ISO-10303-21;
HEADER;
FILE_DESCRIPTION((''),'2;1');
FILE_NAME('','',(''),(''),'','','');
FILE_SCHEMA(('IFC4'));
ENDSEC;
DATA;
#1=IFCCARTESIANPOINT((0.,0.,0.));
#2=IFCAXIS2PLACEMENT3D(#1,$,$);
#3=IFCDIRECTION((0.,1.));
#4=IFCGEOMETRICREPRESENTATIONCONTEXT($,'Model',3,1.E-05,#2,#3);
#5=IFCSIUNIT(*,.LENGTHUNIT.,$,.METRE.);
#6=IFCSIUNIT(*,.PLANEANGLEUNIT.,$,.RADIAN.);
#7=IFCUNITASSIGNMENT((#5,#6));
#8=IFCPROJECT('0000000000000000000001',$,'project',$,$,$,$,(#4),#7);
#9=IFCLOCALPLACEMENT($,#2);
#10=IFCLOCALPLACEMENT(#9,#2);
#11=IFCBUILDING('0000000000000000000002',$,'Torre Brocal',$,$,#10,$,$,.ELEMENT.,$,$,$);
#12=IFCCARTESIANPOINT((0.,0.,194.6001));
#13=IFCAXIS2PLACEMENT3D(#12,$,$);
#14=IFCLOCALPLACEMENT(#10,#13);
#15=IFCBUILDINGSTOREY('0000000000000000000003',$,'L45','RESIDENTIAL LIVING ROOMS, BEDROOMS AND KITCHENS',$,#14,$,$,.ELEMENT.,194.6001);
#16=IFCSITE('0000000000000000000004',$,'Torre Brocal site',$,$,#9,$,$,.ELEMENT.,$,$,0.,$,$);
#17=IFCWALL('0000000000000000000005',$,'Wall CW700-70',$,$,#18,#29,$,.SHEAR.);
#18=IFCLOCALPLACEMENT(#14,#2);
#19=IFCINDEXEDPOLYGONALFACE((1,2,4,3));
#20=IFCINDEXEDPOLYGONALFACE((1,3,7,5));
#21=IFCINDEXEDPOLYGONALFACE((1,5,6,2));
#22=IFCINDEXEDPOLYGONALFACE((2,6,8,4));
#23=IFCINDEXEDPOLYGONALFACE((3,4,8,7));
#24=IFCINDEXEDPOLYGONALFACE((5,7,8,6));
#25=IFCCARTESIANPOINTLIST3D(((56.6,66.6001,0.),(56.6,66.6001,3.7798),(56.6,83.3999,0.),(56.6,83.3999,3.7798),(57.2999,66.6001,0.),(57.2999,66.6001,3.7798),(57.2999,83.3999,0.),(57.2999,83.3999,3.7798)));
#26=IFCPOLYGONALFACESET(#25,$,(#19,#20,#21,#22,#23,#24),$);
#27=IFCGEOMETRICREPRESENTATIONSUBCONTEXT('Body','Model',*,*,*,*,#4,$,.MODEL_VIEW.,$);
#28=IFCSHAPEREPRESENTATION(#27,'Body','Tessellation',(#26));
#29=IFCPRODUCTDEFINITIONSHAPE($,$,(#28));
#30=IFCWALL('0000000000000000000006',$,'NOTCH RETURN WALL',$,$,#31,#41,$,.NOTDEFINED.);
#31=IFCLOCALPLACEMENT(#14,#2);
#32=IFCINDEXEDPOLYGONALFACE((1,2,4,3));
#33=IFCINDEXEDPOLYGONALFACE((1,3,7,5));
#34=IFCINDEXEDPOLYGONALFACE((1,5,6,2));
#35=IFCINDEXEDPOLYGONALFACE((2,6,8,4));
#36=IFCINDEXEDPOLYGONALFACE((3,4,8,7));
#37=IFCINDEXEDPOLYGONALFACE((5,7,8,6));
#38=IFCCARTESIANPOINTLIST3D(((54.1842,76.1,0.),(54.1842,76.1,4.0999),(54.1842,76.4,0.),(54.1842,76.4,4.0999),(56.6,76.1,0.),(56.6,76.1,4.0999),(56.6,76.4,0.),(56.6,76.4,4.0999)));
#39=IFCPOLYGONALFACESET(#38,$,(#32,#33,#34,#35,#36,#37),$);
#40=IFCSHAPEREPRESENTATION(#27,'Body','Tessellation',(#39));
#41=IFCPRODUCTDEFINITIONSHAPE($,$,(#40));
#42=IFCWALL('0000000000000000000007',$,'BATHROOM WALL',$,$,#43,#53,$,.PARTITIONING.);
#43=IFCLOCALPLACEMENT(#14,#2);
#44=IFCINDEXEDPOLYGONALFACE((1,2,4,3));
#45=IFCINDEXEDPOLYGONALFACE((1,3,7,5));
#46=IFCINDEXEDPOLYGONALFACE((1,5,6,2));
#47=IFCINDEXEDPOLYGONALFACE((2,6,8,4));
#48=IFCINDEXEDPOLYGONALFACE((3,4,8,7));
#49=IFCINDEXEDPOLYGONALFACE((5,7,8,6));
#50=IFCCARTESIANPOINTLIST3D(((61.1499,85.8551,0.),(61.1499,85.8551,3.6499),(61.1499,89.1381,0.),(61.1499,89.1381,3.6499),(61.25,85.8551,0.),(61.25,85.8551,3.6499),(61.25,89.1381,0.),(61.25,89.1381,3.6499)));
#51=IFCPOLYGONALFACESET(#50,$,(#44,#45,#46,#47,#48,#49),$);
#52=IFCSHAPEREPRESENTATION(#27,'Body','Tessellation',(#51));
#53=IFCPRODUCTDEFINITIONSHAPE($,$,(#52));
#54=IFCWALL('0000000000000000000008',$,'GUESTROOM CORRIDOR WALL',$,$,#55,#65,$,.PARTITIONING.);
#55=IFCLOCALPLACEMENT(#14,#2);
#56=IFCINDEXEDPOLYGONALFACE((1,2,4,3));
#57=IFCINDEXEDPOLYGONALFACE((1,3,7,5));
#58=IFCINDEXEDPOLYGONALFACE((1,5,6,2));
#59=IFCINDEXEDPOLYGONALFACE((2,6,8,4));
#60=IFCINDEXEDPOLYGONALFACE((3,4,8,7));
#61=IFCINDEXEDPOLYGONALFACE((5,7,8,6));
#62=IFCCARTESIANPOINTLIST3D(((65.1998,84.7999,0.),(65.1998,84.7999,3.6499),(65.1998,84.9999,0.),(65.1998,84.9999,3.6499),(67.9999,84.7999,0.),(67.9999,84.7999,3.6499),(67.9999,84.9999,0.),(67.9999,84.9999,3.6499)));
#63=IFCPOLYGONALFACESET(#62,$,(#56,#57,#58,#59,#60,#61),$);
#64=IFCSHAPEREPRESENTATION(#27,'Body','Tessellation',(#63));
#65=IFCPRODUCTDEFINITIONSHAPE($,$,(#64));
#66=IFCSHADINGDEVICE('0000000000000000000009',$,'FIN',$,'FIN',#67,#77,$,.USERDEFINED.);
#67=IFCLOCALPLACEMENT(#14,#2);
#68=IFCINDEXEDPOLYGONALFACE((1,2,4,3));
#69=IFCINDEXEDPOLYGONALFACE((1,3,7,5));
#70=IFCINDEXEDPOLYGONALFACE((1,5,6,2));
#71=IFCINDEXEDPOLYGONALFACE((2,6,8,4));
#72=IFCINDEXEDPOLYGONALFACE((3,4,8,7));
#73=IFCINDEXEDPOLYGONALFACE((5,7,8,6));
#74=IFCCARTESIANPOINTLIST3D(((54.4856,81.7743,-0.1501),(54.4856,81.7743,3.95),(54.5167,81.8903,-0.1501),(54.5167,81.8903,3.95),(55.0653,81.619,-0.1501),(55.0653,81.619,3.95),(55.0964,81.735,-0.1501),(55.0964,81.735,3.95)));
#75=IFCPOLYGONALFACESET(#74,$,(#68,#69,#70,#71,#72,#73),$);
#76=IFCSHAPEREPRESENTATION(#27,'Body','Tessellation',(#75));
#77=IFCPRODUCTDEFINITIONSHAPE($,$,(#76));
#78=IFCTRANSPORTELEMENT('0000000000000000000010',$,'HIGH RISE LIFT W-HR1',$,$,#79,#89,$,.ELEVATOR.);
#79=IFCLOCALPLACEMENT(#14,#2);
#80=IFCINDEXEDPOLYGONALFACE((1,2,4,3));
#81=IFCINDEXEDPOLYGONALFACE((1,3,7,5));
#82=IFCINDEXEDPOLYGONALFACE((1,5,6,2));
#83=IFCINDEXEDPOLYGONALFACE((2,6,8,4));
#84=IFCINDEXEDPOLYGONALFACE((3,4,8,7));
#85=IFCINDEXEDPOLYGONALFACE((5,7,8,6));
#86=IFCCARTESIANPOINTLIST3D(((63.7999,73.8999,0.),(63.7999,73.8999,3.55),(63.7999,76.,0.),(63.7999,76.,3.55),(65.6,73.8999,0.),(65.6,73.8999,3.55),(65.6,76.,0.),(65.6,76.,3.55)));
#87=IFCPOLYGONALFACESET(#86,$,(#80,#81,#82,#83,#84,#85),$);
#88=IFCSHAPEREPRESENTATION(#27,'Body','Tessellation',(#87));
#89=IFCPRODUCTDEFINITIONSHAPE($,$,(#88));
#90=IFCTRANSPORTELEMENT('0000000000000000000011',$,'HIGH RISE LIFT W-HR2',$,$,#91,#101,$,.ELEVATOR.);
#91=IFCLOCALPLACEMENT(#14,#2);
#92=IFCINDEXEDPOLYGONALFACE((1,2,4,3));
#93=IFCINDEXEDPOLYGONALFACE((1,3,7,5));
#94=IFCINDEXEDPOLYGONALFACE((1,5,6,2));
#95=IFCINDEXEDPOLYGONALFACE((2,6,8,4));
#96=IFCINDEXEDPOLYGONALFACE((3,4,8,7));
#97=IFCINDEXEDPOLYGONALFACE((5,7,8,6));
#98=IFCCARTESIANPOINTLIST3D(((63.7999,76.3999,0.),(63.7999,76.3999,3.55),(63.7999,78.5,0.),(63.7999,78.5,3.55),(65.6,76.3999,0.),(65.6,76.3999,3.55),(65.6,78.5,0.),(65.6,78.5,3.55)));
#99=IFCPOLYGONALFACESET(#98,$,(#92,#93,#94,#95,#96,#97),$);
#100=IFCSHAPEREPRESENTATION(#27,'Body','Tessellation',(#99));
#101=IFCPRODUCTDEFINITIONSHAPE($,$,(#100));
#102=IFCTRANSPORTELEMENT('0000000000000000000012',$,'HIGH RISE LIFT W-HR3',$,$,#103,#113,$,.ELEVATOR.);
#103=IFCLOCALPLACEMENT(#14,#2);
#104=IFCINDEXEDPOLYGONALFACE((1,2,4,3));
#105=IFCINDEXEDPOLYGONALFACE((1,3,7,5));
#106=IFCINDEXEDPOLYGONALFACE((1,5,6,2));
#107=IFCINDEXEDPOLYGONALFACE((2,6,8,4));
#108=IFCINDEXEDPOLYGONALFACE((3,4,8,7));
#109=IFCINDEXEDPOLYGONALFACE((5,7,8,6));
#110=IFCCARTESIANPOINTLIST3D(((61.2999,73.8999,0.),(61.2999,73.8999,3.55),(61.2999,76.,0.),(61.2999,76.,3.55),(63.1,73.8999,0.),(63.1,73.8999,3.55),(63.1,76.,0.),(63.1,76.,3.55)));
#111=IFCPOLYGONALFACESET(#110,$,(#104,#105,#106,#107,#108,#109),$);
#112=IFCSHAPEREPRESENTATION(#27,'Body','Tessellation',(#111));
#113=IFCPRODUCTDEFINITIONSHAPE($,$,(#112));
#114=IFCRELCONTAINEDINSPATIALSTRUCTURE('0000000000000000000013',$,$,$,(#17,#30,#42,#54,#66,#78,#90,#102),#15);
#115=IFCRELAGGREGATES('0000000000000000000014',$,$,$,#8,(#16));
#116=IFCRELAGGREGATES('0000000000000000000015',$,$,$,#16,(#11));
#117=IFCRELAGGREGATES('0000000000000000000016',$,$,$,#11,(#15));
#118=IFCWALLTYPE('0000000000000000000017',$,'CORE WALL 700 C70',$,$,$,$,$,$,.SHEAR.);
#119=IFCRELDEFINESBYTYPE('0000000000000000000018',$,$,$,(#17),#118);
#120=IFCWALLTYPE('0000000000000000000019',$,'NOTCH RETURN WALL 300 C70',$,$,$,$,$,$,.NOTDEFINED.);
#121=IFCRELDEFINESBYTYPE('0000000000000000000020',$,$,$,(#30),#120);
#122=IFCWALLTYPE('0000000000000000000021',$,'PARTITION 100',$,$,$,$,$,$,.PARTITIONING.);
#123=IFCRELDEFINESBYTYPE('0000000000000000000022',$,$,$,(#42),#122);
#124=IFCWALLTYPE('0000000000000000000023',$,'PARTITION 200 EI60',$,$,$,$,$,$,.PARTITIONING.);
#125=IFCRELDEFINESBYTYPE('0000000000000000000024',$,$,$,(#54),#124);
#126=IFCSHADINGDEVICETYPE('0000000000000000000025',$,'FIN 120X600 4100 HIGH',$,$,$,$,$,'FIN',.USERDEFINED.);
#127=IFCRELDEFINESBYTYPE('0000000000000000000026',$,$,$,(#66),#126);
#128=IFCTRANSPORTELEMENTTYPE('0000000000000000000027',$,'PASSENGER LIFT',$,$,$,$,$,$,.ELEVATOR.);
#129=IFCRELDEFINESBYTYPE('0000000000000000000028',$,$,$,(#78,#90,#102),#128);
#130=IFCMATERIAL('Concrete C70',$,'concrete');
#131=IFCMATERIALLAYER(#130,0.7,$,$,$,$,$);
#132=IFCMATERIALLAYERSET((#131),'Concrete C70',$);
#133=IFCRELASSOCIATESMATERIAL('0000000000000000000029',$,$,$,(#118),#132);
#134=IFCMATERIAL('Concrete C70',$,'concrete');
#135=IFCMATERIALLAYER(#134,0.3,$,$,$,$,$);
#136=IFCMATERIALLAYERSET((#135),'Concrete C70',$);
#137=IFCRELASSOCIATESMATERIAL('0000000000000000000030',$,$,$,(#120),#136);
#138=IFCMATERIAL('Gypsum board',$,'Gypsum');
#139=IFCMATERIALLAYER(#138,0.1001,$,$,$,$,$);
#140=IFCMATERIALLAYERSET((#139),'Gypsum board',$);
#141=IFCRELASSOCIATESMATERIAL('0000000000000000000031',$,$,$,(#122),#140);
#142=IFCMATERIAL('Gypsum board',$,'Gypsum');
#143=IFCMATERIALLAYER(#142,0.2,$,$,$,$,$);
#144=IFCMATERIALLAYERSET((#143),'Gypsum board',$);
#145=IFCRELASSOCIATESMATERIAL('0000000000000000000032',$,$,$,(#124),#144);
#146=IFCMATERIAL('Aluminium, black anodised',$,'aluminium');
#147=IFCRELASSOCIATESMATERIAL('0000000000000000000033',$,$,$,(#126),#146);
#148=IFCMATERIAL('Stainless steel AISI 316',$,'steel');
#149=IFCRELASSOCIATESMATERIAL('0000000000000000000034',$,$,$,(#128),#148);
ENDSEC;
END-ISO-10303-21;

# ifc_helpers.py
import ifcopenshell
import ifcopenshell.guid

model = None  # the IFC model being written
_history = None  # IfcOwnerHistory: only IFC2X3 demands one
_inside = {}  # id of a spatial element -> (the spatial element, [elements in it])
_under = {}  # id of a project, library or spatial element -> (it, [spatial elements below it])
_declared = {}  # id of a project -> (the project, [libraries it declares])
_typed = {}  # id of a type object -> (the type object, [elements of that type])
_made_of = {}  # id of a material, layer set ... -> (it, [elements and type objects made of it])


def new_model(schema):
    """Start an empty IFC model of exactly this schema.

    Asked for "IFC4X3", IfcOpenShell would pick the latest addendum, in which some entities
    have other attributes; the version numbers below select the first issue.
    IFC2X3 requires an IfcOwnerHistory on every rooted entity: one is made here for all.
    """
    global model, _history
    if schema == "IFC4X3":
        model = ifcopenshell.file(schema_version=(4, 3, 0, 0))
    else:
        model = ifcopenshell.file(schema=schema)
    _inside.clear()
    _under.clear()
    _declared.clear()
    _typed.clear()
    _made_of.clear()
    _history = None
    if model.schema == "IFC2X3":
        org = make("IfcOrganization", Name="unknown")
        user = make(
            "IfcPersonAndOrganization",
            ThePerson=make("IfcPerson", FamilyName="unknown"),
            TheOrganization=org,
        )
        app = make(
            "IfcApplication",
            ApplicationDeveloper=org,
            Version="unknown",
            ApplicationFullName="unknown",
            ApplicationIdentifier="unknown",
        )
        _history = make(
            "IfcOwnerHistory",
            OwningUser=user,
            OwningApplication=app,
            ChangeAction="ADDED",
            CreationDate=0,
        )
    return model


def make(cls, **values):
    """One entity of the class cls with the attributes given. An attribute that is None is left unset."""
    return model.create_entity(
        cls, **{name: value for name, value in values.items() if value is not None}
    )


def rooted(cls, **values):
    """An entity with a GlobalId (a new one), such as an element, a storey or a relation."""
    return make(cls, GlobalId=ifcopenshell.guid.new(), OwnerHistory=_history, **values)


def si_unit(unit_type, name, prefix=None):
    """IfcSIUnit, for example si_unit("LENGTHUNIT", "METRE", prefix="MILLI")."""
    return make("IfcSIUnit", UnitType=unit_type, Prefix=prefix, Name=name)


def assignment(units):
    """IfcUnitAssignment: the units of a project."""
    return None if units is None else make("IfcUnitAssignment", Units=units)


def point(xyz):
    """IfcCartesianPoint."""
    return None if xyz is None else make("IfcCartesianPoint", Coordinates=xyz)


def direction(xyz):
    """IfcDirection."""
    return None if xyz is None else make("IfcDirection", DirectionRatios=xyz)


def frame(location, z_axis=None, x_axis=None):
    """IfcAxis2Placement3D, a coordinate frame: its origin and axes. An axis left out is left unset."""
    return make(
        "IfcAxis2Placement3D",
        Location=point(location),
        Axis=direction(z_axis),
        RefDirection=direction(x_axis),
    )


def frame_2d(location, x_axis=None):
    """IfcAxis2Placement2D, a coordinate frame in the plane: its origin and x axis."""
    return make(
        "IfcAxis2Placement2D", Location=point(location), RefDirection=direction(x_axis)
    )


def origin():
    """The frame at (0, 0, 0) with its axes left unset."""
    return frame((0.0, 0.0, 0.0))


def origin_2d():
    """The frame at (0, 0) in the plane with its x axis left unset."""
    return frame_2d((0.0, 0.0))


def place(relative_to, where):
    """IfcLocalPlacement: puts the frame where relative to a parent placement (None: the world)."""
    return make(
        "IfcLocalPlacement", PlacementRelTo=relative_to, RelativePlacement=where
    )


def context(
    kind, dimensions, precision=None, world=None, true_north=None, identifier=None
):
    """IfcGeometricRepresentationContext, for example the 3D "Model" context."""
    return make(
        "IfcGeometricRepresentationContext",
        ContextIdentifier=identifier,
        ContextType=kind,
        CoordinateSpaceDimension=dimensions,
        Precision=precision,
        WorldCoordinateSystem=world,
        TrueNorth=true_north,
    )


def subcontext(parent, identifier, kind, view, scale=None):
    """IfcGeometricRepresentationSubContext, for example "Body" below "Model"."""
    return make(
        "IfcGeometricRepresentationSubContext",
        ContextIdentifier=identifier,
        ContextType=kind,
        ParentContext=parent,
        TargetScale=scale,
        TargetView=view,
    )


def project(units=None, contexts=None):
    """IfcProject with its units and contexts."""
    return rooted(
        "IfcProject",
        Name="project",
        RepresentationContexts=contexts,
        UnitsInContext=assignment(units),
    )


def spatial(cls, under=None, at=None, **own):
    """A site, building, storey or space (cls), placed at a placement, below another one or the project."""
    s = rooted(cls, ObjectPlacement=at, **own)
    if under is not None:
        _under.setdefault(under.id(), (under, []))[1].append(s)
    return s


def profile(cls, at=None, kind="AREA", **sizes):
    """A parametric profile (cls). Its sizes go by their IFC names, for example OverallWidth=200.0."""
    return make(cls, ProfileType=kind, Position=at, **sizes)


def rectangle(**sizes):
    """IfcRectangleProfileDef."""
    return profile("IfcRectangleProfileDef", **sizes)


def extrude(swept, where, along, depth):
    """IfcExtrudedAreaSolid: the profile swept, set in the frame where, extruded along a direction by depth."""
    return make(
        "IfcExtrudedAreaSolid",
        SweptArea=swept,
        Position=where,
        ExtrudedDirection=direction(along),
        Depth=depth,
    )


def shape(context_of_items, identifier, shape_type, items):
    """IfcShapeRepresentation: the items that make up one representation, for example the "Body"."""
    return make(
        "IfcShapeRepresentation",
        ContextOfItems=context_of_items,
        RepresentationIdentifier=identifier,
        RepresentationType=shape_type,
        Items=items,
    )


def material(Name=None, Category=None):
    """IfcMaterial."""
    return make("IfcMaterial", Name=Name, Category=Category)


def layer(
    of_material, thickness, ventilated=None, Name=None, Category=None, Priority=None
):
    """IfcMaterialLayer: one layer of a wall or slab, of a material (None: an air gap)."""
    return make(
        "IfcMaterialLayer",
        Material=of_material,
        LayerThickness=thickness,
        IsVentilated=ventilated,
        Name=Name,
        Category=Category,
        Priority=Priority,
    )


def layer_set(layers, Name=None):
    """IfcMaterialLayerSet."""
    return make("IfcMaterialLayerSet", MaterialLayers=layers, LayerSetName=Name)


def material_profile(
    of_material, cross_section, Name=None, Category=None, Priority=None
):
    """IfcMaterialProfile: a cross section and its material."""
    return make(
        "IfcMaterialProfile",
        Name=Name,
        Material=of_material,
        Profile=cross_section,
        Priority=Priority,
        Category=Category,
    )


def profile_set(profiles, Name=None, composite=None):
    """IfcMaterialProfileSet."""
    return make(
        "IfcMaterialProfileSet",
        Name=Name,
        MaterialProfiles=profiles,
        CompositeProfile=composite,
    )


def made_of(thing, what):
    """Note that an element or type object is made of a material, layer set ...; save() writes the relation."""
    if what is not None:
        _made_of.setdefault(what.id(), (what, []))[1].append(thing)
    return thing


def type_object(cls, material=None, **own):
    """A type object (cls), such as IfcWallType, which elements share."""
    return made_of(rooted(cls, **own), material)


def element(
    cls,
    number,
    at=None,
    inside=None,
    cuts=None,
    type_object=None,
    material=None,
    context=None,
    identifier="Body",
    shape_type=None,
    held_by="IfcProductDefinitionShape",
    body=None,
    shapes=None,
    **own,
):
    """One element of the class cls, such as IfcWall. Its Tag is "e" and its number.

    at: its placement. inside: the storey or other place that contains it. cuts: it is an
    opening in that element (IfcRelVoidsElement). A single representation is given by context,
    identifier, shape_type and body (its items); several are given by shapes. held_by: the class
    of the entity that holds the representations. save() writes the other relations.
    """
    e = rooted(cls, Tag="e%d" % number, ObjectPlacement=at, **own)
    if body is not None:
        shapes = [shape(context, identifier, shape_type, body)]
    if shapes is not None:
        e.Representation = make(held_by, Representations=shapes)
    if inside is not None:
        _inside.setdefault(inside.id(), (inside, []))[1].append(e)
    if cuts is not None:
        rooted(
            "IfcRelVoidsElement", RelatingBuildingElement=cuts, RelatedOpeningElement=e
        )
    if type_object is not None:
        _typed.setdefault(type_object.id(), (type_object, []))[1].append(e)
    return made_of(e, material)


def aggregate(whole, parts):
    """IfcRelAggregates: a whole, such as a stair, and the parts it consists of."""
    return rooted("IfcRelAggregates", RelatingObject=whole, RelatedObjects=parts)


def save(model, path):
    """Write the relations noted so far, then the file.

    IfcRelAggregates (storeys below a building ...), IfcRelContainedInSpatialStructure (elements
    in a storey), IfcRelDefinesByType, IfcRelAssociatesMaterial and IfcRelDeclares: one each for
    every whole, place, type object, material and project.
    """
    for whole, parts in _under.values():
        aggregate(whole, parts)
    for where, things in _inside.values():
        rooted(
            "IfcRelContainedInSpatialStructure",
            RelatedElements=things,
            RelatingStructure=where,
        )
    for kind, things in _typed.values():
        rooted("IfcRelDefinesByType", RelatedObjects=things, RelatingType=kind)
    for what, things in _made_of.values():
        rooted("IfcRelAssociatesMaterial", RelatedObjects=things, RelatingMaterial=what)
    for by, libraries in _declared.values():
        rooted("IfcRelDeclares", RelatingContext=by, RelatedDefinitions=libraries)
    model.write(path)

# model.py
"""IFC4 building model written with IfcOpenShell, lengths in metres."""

from ifc_helpers import new_model, si_unit, direction, frame, frame_2d, origin, origin_2d, place, context, subcontext, project, spatial, rectangle, extrude, material, layer, layer_set, material_profile, profile_set, type_object, element, save


model = new_model("IFC4")

# Units and contexts
model_context = context("Model", 3, precision=1e-05, world=origin(), true_north=direction((0.0, 1.0)))
body_context = subcontext(model_context, "Body", "Model", "MODEL_VIEW")
ifc_project = project(units=[si_unit("LENGTHUNIT", "METRE"), si_unit("PLANEANGLEUNIT", "RADIAN")], contexts=[model_context])

# Site, building, storey
site_placement = place(None, origin())
site = spatial("IfcSite", under=ifc_project, at=site_placement, Name="Torre Brocal site", CompositionType="ELEMENT", RefElevation=0.0)
building_placement = place(site_placement, origin())
building = spatial("IfcBuilding", under=site, at=building_placement, Name="Torre Brocal", CompositionType="ELEMENT")
storey_placement = place(building_placement, frame((0.0, 0.0, 194.6001)))
storey = spatial("IfcBuildingStorey", under=building, at=storey_placement, Name="L45", Description="RESIDENTIAL LIVING ROOMS, BEDROOMS AND KITCHENS", CompositionType="ELEMENT", Elevation=194.6001)

# Walls
ifc_material_1 = material(Name="Concrete C70", Category="concrete")
ifc_layer_1 = layer(ifc_material_1, 0.7)
ifc_layer_set_1 = layer_set([ifc_layer_1], Name="Concrete C70")
wall_type_1 = type_object("IfcWallType", Name="CORE WALL 700 C70", PredefinedType="SHEAR", material=ifc_layer_set_1)
wall_1_placement = place(storey_placement, frame((56.95, 83.3999, 0.0), z_axis=(0.0, 0.0, 1.0), x_axis=(0.0, -1.0, 0.0)))
element("IfcWall", 1, at=wall_1_placement, inside=storey, type_object=wall_type_1, Name="Wall CW700-70", PredefinedType="SHEAR", context=body_context, shape_type="SweptSolid", body=[
    extrude(rectangle(XDim=16.7998, YDim=0.7, at=frame_2d((8.3999, 0.0))), origin(), (0.0, 0.0, 1.0), 3.7798),
])
ifc_material_2 = material(Name="Concrete C70", Category="concrete")
ifc_layer_2 = layer(ifc_material_2, 0.3)
ifc_layer_set_2 = layer_set([ifc_layer_2], Name="Concrete C70")
wall_type_2 = type_object("IfcWallType", Name="NOTCH RETURN WALL 300 C70", PredefinedType="NOTDEFINED", material=ifc_layer_set_2)
wall_2_placement = place(storey_placement, frame((56.6001, 76.25, 0.0), z_axis=(0.0, 0.0, 1.0), x_axis=(-1.0, 0.0, 0.0)))
element("IfcWall", 2, at=wall_2_placement, inside=storey, type_object=wall_type_2, Name="NOTCH RETURN WALL", PredefinedType="NOTDEFINED", context=body_context, shape_type="SweptSolid", body=[
    extrude(rectangle(XDim=2.4158, YDim=0.3, at=frame_2d((1.208, 0.0))), origin(), (0.0, 0.0, 1.0), 4.0999),
])
ifc_material_3 = material(Name="Gypsum board", Category="Gypsum")
ifc_layer_3 = layer(ifc_material_3, 0.1001)
ifc_layer_set_3 = layer_set([ifc_layer_3], Name="Gypsum board")
wall_type_3 = type_object("IfcWallType", Name="PARTITION 100", PredefinedType="PARTITIONING", material=ifc_layer_set_3)
wall_3_placement = place(storey_placement, frame((61.2, 85.855, 0.0), z_axis=(0.0, 0.0, 1.0), x_axis=(0.0, 1.0, 0.0)))
element("IfcWall", 3, at=wall_3_placement, inside=storey, type_object=wall_type_3, Name="BATHROOM WALL", PredefinedType="PARTITIONING", context=body_context, shape_type="SweptSolid", body=[
    extrude(rectangle(XDim=3.283, YDim=0.1001, at=frame_2d((1.6416, 0.0))), origin(), (0.0, 0.0, 1.0), 3.6499),
])
ifc_material_4 = material(Name="Gypsum board", Category="Gypsum")
ifc_layer_4 = layer(ifc_material_4, 0.2)
ifc_layer_set_4 = layer_set([ifc_layer_4], Name="Gypsum board")
wall_type_4 = type_object("IfcWallType", Name="PARTITION 200 EI60", PredefinedType="PARTITIONING", material=ifc_layer_set_4)
wall_4_placement = place(storey_placement, frame((65.2, 84.8999, 0.0), z_axis=(0.0, 0.0, 1.0), x_axis=(1.0, 0.0, 0.0)))
element("IfcWall", 4, at=wall_4_placement, inside=storey, type_object=wall_type_4, Name="GUESTROOM CORRIDOR WALL", PredefinedType="PARTITIONING", context=body_context, shape_type="SweptSolid", body=[
    extrude(rectangle(XDim=2.8, YDim=0.2, at=frame_2d((1.3999, 0.0))), origin(), (0.0, 0.0, 1.0), 3.6499),
])

# Shading device
ifc_material_5 = material(Name="Aluminium, black anodised", Category="aluminium")
ifc_material_profile_1 = material_profile(ifc_material_5, rectangle(XDim=0.1201, YDim=0.6001, at=origin_2d()), Name="FIN 120X600 4100 HIGH")
ifc_profile_set_1 = profile_set([ifc_material_profile_1], Name="Aluminium, black anodised")
shading_device_type = type_object("IfcShadingDeviceType", Name="FIN 120X600 4100 HIGH", ElementType="FIN", PredefinedType="USERDEFINED", material=ifc_profile_set_1)
shading_device_placement = place(storey_placement, frame((54.791, 81.7546, -0.1501), z_axis=(0.0, 0.0, 1.0), x_axis=(-0.258819, -0.965926, 0.0)))
element("IfcShadingDevice", 5, at=shading_device_placement, inside=storey, type_object=shading_device_type, Name="FIN", ObjectType="FIN", PredefinedType="USERDEFINED", context=body_context, shape_type="SweptSolid", body=[
    extrude(rectangle(XDim=0.1201, YDim=0.6001, at=origin_2d()), origin(), (0.0, 0.0, 1.0), 4.1001),
])

# Transport elements
ifc_material_6 = material(Name="Stainless steel AISI 316", Category="steel")
transport_element_type = type_object("IfcTransportElementType", Name="PASSENGER LIFT", PredefinedType="ELEVATOR", material=ifc_material_6)
for number, where, z_axis, x_axis, name in (
    (6, (64.7, 74.95, 0.0), (0.0, 0.0, 1.0), (1.0, 0.0, 0.0), "HIGH RISE LIFT W-HR1"),
    (7, (64.7, 77.45, 0.0), (0.0, 0.0, 1.0), (1.0, 0.0, 0.0), "HIGH RISE LIFT W-HR2"),
    (8, (62.2, 74.95, 0.0), (0.0, 0.0, 1.0), (1.0, 0.0, 0.0), "HIGH RISE LIFT W-HR3"),
):
    element("IfcTransportElement", number, at=place(storey_placement, frame(where, z_axis=z_axis, x_axis=x_axis)), inside=storey, type_object=transport_element_type, Name=name, PredefinedType="ELEVATOR", context=body_context, shape_type="SweptSolid", body=[
        extrude(rectangle(XDim=1.8, YDim=2.1001, at=origin_2d()), origin(), (0.0, 0.0, 1.0), 3.55),
    ])

save(model, "model.ifc")
